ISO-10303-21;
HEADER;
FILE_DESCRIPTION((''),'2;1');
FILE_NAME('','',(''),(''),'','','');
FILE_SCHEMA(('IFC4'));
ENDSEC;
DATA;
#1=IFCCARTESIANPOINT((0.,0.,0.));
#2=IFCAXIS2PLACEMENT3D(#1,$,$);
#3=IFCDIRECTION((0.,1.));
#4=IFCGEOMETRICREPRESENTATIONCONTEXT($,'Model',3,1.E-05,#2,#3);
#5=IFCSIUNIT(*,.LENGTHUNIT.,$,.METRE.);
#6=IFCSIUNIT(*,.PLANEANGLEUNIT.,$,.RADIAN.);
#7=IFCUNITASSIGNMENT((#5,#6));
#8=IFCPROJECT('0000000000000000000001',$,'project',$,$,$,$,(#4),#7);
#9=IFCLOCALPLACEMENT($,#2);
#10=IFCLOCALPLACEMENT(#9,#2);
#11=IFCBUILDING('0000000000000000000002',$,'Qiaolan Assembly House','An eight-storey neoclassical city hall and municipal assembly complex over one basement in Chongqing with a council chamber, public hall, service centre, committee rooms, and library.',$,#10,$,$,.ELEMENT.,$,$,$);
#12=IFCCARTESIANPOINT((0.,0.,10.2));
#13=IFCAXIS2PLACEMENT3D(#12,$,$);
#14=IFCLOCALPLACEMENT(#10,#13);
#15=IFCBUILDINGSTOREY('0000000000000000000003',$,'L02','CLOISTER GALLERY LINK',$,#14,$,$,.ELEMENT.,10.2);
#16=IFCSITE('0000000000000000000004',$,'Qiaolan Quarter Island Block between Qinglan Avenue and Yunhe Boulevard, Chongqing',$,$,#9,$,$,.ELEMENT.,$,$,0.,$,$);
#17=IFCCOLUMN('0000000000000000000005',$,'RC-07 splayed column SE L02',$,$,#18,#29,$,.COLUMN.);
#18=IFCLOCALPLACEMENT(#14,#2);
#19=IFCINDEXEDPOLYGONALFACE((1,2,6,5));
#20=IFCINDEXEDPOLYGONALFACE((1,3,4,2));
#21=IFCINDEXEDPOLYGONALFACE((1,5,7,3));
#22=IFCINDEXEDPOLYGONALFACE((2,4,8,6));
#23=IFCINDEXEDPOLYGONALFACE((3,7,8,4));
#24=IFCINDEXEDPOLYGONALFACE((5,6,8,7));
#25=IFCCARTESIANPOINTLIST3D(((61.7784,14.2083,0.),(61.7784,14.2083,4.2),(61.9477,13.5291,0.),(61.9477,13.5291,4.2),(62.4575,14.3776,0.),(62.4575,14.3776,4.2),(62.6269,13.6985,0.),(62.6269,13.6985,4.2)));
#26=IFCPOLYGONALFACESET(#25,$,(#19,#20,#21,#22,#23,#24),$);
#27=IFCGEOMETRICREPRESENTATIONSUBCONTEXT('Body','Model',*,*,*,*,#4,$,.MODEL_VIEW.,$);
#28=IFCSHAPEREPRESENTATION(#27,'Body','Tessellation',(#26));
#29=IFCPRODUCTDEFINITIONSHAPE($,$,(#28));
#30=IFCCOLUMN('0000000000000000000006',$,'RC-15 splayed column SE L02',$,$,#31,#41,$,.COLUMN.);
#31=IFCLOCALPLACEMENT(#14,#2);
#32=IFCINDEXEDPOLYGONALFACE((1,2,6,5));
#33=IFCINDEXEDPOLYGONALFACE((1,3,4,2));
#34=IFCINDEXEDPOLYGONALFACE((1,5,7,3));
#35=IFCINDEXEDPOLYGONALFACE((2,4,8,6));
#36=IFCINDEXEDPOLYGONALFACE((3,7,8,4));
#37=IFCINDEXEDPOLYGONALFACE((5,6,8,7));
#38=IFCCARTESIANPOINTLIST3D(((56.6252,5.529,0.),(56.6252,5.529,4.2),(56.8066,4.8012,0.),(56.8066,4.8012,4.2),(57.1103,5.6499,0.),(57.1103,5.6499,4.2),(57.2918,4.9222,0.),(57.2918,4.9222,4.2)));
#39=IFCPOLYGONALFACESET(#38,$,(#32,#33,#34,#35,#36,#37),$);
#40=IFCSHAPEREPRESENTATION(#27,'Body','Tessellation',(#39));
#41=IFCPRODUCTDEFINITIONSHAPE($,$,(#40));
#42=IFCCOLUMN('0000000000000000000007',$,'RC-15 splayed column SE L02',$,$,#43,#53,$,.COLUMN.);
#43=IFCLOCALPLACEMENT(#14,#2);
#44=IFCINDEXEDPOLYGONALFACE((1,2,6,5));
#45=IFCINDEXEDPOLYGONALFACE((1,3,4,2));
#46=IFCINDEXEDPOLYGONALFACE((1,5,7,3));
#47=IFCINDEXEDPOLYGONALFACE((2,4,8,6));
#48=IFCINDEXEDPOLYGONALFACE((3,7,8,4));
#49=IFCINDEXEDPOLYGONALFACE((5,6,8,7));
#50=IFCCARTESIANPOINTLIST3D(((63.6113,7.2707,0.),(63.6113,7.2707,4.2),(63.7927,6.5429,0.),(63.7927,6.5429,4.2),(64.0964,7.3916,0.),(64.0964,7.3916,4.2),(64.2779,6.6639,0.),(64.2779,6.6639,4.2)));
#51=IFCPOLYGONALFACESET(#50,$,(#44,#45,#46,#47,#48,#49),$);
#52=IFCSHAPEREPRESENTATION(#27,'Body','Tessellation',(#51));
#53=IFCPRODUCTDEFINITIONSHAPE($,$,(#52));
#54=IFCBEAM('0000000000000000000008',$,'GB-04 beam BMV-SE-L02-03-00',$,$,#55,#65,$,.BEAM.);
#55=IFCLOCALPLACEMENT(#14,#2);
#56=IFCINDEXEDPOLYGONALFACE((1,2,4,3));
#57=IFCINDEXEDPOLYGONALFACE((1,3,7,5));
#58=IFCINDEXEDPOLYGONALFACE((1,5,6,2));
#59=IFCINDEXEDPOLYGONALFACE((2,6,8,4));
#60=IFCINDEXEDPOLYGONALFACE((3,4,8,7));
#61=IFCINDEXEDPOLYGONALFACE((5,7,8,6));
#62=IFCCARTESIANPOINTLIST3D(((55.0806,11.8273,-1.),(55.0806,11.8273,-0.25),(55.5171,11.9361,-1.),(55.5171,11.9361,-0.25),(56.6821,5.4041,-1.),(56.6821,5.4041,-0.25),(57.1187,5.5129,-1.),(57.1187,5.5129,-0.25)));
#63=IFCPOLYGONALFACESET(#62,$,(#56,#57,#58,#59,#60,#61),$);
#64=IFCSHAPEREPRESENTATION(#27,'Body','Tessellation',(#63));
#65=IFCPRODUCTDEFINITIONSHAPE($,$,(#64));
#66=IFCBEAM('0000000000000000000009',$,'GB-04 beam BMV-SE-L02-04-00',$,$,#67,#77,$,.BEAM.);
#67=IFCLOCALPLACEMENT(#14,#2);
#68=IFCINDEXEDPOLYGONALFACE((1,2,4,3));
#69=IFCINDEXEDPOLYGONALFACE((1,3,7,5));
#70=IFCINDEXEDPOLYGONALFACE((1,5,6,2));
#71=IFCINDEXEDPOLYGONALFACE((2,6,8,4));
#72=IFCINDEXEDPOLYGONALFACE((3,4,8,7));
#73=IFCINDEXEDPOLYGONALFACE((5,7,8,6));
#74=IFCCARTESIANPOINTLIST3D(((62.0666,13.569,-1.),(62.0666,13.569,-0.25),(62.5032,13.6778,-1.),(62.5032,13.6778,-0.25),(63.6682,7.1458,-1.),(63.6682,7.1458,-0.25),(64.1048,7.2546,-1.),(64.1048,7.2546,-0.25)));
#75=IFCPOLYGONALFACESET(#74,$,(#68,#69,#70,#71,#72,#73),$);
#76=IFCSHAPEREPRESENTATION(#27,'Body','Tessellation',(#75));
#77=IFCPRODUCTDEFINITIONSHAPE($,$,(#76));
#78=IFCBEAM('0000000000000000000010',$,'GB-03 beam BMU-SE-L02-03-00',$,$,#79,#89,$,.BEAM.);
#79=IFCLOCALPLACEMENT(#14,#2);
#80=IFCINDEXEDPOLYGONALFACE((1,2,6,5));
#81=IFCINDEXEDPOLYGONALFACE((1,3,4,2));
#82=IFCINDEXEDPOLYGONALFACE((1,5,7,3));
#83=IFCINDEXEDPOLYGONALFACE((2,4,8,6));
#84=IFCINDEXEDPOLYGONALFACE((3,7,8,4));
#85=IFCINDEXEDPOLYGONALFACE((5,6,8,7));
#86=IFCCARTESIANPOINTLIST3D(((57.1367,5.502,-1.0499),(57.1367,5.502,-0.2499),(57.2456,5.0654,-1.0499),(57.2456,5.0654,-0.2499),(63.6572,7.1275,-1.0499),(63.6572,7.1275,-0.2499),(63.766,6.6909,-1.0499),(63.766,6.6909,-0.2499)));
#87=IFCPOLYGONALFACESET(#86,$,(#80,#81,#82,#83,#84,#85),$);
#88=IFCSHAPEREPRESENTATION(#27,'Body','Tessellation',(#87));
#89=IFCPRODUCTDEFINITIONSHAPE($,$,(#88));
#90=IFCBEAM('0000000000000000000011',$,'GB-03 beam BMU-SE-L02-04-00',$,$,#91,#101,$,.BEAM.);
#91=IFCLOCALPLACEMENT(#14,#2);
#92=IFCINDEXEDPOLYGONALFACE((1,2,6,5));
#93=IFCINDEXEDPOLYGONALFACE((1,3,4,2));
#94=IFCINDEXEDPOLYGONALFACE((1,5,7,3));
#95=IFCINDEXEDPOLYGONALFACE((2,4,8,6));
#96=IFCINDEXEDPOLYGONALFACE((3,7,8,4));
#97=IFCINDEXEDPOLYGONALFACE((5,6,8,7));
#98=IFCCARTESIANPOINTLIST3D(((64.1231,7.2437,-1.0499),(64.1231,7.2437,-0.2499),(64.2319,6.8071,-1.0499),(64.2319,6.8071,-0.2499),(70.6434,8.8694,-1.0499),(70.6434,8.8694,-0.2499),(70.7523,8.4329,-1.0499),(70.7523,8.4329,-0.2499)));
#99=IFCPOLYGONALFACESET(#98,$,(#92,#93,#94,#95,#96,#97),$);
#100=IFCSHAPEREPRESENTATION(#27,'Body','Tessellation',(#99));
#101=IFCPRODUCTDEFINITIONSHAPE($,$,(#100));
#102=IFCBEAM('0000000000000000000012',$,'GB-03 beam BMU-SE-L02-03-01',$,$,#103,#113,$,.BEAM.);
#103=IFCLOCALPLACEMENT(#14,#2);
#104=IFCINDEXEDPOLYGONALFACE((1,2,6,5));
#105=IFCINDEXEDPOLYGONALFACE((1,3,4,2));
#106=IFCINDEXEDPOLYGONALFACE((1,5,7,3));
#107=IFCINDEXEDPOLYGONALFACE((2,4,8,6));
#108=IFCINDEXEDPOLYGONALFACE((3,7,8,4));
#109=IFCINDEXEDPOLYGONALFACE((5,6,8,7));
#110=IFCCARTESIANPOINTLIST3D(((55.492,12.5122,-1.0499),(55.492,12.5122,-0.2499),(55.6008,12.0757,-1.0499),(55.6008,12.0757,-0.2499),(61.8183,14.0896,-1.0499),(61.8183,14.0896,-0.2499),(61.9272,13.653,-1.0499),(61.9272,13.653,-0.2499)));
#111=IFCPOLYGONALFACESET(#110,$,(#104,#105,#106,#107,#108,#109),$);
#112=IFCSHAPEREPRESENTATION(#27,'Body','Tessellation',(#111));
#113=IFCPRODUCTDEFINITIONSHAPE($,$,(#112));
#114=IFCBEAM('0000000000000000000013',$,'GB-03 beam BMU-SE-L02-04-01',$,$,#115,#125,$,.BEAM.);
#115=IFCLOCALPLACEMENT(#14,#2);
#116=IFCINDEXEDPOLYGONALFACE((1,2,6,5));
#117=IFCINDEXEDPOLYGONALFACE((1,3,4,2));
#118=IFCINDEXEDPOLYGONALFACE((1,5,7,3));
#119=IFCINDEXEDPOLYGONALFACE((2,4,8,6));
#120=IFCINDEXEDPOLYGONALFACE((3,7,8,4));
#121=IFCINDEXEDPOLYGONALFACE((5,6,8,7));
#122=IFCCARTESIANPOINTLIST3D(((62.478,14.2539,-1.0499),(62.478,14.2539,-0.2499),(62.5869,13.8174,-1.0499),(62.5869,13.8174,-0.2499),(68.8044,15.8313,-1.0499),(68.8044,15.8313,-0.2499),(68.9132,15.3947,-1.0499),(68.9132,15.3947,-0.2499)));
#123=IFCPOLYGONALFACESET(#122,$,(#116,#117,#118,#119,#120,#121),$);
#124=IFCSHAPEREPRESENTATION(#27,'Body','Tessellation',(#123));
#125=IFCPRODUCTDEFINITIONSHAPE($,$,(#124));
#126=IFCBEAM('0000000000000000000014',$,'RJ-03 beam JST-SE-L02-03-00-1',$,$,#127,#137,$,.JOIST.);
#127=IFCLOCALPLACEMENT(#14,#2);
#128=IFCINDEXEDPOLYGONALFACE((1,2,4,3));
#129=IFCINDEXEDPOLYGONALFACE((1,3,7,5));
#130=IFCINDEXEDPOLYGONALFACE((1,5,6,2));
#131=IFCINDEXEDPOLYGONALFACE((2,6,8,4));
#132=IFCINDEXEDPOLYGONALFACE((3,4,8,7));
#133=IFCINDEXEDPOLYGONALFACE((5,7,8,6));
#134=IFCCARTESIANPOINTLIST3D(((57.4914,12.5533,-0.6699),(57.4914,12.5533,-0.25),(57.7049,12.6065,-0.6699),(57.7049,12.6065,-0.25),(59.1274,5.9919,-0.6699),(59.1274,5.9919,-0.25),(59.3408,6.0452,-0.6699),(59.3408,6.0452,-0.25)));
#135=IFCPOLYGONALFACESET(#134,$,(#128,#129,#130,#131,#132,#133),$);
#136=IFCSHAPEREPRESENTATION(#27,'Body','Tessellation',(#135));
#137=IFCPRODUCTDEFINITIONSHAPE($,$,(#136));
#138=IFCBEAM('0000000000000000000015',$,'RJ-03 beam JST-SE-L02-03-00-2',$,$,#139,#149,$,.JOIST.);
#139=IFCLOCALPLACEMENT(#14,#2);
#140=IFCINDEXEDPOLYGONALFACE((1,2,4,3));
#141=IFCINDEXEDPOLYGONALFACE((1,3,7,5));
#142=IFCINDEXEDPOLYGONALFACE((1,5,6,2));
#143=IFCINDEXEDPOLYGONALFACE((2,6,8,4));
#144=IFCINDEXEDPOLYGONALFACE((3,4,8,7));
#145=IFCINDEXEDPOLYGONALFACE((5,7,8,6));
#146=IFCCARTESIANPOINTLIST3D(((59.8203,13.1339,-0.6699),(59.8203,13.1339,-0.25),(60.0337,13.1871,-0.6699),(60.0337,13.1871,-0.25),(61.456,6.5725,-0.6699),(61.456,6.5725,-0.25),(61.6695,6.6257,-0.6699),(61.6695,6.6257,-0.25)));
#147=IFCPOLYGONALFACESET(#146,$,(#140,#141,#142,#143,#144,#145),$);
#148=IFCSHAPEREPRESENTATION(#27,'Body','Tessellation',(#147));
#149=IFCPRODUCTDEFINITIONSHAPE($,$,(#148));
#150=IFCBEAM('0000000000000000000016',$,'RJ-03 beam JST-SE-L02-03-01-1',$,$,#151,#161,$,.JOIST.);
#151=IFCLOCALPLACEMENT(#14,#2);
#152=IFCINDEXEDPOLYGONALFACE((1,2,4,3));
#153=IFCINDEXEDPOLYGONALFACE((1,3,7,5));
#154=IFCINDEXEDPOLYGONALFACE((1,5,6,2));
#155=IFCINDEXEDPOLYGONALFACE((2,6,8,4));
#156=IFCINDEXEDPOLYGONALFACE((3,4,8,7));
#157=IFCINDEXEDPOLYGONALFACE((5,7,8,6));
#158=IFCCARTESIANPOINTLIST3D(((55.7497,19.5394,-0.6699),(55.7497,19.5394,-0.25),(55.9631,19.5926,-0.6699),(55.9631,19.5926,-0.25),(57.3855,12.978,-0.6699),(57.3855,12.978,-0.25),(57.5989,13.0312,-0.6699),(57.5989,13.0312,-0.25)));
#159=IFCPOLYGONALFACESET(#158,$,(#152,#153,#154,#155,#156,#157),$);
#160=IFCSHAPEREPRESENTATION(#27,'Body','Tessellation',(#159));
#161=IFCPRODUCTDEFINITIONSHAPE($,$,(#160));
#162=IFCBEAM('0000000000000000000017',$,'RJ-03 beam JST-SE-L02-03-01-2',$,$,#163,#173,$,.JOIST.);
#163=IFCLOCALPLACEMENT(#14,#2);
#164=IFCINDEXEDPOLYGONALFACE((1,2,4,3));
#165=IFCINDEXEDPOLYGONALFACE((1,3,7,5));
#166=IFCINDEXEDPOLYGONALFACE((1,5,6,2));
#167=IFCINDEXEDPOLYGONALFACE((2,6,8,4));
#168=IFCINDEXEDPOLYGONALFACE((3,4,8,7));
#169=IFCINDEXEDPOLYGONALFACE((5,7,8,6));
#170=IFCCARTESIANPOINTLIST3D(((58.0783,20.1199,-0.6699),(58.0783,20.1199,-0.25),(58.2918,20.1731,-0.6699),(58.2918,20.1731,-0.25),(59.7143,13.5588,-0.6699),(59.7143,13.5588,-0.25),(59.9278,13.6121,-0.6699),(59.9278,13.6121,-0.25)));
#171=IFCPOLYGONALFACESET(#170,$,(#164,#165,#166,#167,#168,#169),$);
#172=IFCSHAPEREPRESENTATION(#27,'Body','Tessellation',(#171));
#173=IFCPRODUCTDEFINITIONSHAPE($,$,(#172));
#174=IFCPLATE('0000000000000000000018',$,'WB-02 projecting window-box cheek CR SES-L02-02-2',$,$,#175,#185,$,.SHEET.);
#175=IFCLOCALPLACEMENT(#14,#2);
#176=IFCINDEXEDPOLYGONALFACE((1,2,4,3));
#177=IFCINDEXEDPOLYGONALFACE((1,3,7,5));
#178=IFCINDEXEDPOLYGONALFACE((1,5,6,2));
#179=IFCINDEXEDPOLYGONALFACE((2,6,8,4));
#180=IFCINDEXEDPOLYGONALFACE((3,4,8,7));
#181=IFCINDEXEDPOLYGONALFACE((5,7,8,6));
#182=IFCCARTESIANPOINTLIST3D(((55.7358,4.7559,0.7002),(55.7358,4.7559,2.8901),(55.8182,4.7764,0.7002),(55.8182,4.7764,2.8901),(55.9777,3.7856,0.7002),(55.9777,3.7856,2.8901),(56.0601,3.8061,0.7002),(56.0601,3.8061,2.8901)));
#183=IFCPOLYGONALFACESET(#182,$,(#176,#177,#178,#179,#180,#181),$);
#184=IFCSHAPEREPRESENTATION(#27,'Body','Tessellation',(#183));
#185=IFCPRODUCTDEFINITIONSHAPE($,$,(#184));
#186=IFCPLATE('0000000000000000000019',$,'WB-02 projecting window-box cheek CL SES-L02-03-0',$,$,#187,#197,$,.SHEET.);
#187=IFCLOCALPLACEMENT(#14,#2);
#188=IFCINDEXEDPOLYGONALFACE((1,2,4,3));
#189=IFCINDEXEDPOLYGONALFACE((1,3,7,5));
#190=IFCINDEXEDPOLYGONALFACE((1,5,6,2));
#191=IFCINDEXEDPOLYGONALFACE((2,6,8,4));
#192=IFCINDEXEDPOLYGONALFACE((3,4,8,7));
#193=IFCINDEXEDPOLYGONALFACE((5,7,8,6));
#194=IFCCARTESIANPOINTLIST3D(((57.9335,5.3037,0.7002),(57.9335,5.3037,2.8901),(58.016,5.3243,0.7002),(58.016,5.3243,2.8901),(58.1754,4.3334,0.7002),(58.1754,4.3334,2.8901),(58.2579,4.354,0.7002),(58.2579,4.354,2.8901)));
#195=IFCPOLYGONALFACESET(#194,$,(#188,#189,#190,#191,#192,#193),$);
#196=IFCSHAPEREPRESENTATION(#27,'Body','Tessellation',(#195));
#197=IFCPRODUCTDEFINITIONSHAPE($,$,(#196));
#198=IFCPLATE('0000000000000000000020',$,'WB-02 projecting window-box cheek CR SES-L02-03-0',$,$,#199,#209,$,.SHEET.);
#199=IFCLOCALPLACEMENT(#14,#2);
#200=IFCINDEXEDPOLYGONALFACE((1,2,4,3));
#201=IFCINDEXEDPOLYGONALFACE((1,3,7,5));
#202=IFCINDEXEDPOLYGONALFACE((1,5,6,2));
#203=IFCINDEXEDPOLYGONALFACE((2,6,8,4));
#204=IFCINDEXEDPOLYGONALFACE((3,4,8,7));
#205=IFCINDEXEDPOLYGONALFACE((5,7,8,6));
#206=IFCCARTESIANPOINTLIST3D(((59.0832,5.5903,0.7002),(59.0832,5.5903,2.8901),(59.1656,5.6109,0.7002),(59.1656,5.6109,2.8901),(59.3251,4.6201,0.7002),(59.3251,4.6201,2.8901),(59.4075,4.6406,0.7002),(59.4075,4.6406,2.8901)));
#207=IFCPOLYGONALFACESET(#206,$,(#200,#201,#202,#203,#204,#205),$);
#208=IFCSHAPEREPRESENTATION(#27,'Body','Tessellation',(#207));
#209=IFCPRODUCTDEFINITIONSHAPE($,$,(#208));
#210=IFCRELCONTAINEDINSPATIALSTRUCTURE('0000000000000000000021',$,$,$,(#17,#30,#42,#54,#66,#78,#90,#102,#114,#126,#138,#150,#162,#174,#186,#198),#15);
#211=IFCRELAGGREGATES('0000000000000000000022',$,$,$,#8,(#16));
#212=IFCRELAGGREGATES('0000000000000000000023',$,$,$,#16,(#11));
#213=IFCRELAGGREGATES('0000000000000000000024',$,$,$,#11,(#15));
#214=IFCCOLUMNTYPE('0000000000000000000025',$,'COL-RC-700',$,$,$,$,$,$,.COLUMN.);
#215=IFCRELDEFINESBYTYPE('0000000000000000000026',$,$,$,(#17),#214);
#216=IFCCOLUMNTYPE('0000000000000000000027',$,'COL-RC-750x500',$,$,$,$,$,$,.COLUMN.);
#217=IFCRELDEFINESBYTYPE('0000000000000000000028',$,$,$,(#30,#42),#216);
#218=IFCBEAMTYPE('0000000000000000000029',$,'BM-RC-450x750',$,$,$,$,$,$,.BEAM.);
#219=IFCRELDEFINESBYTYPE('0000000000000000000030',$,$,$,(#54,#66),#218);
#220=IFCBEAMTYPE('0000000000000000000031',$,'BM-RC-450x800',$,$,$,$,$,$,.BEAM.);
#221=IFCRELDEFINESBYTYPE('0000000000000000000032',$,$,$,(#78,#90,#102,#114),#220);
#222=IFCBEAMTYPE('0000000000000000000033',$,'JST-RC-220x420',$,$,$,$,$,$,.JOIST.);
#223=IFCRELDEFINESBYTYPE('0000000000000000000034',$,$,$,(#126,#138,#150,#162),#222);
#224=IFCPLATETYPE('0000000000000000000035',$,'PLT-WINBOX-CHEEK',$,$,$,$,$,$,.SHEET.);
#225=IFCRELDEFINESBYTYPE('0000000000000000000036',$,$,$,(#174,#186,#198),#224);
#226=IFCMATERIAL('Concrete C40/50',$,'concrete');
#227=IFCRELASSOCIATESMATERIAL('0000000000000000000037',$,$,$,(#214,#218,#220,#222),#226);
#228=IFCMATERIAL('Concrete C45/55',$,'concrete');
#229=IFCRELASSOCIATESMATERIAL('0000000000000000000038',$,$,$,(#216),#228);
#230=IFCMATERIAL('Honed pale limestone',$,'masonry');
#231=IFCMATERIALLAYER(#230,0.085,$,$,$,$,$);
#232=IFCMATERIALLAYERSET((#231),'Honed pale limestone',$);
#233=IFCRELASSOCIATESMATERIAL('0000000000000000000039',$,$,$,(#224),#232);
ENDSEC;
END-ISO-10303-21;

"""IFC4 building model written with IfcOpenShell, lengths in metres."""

from ifc_helpers import new_model, si_unit, direction, frame, origin, origin_2d, place, context, subcontext, project, spatial, rectangle, extrude, material, layer, layer_set, material_profile, profile_set, type_object, element, save


model = new_model("IFC4")

# Units and contexts
model_context = context("Model", 3, precision=1e-05, world=origin(), true_north=direction((0.0, 1.0)))
body_context = subcontext(model_context, "Body", "Model", "MODEL_VIEW")
ifc_project = project(units=[si_unit("LENGTHUNIT", "METRE"), si_unit("PLANEANGLEUNIT", "RADIAN")], contexts=[model_context])

# Site, building, storey
site_placement = place(None, origin())
site = spatial("IfcSite", under=ifc_project, at=site_placement, Name="Qiaolan Quarter Island Block between Qinglan Avenue and Yunhe Boulevard, Chongqing", CompositionType="ELEMENT", RefElevation=0.0)
building_placement = place(site_placement, origin())
building = spatial("IfcBuilding", under=site, at=building_placement, Name="Qiaolan Assembly House", Description="An eight-storey neoclassical city hall and municipal assembly complex over one basement in Chongqing with a council chamber, public hall, service centre, committee rooms, and library.", CompositionType="ELEMENT")
storey_placement = place(building_placement, frame((0.0, 0.0, 10.2)))
storey = spatial("IfcBuildingStorey", under=building, at=storey_placement, Name="L02", Description="CLOISTER GALLERY LINK", CompositionType="ELEMENT", Elevation=10.2)

# Columns
ifc_material_1 = material(Name="Concrete C40/50", Category="concrete")
ifc_material_profile_1 = material_profile(ifc_material_1, rectangle(XDim=0.7, YDim=0.7, at=origin_2d()), Name="RC 700x700")
ifc_profile_set_1 = profile_set([ifc_material_profile_1], Name="Concrete C40/50")
column_type_1 = type_object("IfcColumnType", Name="COL-RC-700", PredefinedType="COLUMN", material=ifc_profile_set_1)
column_placement = place(storey_placement, frame((62.2026, 13.9534, 0.0), z_axis=(0.0, 0.0, 1.0), x_axis=(0.970296, 0.241922, 0.0)))
element("IfcColumn", 1, at=column_placement, inside=storey, type_object=column_type_1, Name="RC-07 splayed column SE L02", PredefinedType="COLUMN", context=body_context, shape_type="SweptSolid", body=[
    extrude(rectangle(XDim=0.7, YDim=0.7, at=origin_2d()), origin(), (0.0, 0.0, 1.0), 4.2),
])
ifc_material_2 = material(Name="Concrete C45/55", Category="concrete")
ifc_material_profile_2 = material_profile(ifc_material_2, rectangle(XDim=0.5, YDim=0.75, at=origin_2d()), Name="RC 750x500")
ifc_profile_set_2 = profile_set([ifc_material_profile_2], Name="Concrete C45/55")
column_type_2 = type_object("IfcColumnType", Name="COL-RC-750x500", PredefinedType="COLUMN", material=ifc_profile_set_2)
for number, where, z_axis, x_axis, name in (
    (2, (56.9585, 5.2256, 0.0), (0.0, 0.0, 1.0), (0.970296, 0.241922, 0.0), "RC-15 splayed column SE L02"),
    (3, (63.9446, 6.9673, 0.0), (0.0, 0.0, 1.0), (0.970296, 0.241922, 0.0), "RC-15 splayed column SE L02"),
):
    element("IfcColumn", number, at=place(storey_placement, frame(where, z_axis=z_axis, x_axis=x_axis)), inside=storey, type_object=column_type_2, Name=name, PredefinedType="COLUMN", context=body_context, shape_type="SweptSolid", body=[
        extrude(rectangle(XDim=0.5, YDim=0.75, at=origin_2d()), origin(), (0.0, 0.0, 1.0), 4.2),
    ])

# Beams
ifc_material_profile_3 = material_profile(ifc_material_1, rectangle(XDim=0.45, YDim=0.75, at=origin_2d()), Name="RCB 450x750")
ifc_profile_set_3 = profile_set([ifc_material_profile_3], Name="Concrete C40/50")
beam_type_1 = type_object("IfcBeamType", Name="BM-RC-450x750", PredefinedType="BEAM", material=ifc_profile_set_3)
for number, where, z_axis, x_axis, name in (
    (4, (56.9004, 5.4585, -0.625), (-0.241928, 0.970294, 0.0), (-0.970294, -0.241928, 0.0), "GB-04 beam BMV-SE-L02-03-00"),
    (5, (63.8865, 7.2002, -0.625), (-0.241928, 0.970294, 0.0), (-0.970294, -0.241928, 0.0), "GB-04 beam BMV-SE-L02-04-00"),
):
    element("IfcBeam", number, at=place(storey_placement, frame(where, z_axis=z_axis, x_axis=x_axis)), inside=storey, type_object=beam_type_1, Name=name, PredefinedType="BEAM", context=body_context, shape_type="SweptSolid", body=[
        extrude(rectangle(XDim=0.45, YDim=0.75, at=origin_2d()), origin(), (0.0, 0.0, 1.0), 6.6199),
    ])
ifc_material_profile_4 = material_profile(ifc_material_1, rectangle(XDim=0.45, YDim=0.8, at=origin_2d()), Name="RCB 450x800")
ifc_profile_set_4 = profile_set([ifc_material_profile_4], Name="Concrete C40/50")
beam_type_2 = type_object("IfcBeamType", Name="BM-RC-450x800", PredefinedType="BEAM", material=ifc_profile_set_4)
for number, where, z_axis, x_axis, name in (
    (6, (57.1912, 5.2837, -0.6499), (0.970305, 0.241886, 0.0), (-0.241886, 0.970305, 0.0), "GB-03 beam BMU-SE-L02-03-00"),
    (7, (64.1775, 7.0254, -0.6499), (0.970294, 0.241929, 0.0), (-0.241929, 0.970294, 0.0), "GB-03 beam BMU-SE-L02-04-00"),
):
    element("IfcBeam", number, at=place(storey_placement, frame(where, z_axis=z_axis, x_axis=x_axis)), inside=storey, type_object=beam_type_2, Name=name, PredefinedType="BEAM", context=body_context, shape_type="SweptSolid", body=[
        extrude(rectangle(XDim=0.45, YDim=0.8, at=origin_2d()), origin(), (0.0, 0.0, 1.0), 6.72),
    ])
for number, where, z_axis, x_axis, name in (
    (8, (55.5464, 12.2939, -0.6499), (0.970294, 0.241928, 0.0), (-0.241928, 0.970294, 0.0), "GB-03 beam BMU-SE-L02-03-01"),
    (9, (62.5325, 14.0356, -0.6499), (0.970294, 0.241928, 0.0), (-0.241928, 0.970294, 0.0), "GB-03 beam BMU-SE-L02-04-01"),
):
    element("IfcBeam", number, at=place(storey_placement, frame(where, z_axis=z_axis, x_axis=x_axis)), inside=storey, type_object=beam_type_2, Name=name, PredefinedType="BEAM", context=body_context, shape_type="SweptSolid", body=[
        extrude(rectangle(XDim=0.45, YDim=0.8, at=origin_2d()), origin(), (0.0, 0.0, 1.0), 6.52),
    ])
ifc_material_profile_5 = material_profile(ifc_material_1, rectangle(XDim=0.22, YDim=0.4199, at=origin_2d()), Name="RCB 220x420")
ifc_profile_set_5 = profile_set([ifc_material_profile_5], Name="Concrete C40/50")
beam_type_3 = type_object("IfcBeamType", Name="JST-RC-220x420", PredefinedType="JOIST", material=ifc_profile_set_5)
for number, where, z_axis, x_axis, name in (
    (10, (59.2341, 6.0186, -0.46), (-0.241932, 0.970293, 0.0), (-0.970293, -0.241932, 0.0), "RJ-03 beam JST-SE-L02-03-00-1"),
    (11, (61.5627, 6.5991, -0.46), (-0.241898, 0.970302, 0.0), (-0.970302, -0.241898, 0.0), "RJ-03 beam JST-SE-L02-03-00-2"),
    (12, (57.4922, 13.0046, -0.46), (-0.241898, 0.970302, 0.0), (-0.970302, -0.241898, 0.0), "RJ-03 beam JST-SE-L02-03-01-1"),
):
    element("IfcBeam", number, at=place(storey_placement, frame(where, z_axis=z_axis, x_axis=x_axis)), inside=storey, type_object=beam_type_3, Name=name, PredefinedType="JOIST", context=body_context, shape_type="SweptSolid", body=[
        extrude(rectangle(XDim=0.22, YDim=0.4199, at=origin_2d()), origin(), (0.0, 0.0, 1.0), 6.7622),
    ])
beam_placement = place(storey_placement, frame((59.821, 13.5854, -0.46), z_axis=(-0.241941, 0.970291, 0.0), x_axis=(-0.970291, -0.241941, 0.0)))
element("IfcBeam", 13, at=beam_placement, inside=storey, type_object=beam_type_3, Name="RJ-03 beam JST-SE-L02-03-01-2", PredefinedType="JOIST", context=body_context, shape_type="SweptSolid", body=[
    extrude(rectangle(XDim=0.22, YDim=0.4199, at=origin_2d()), origin(), (0.0, 0.0, 1.0), 6.762),
])

# Plates
ifc_material_3 = material(Name="Honed pale limestone", Category="masonry")
ifc_layer_1 = layer(ifc_material_3, 0.085)
ifc_layer_set_1 = layer_set([ifc_layer_1], Name="Honed pale limestone")
plate_type = type_object("IfcPlateType", Name="PLT-WINBOX-CHEEK", PredefinedType="SHEET", material=ifc_layer_set_1)
for number, where, z_axis, x_axis, name in (
    (14, (55.8979, 4.281, 0.7002), (0.0, 0.0, 1.0), (0.970296, 0.241922, 0.0), "WB-02 projecting window-box cheek CR SES-L02-02-2"),
    (15, (58.0957, 4.8289, 0.7002), (0.0, 0.0, 1.0), (0.970296, 0.241922, 0.0), "WB-02 projecting window-box cheek CL SES-L02-03-0"),
    (16, (59.2454, 5.1155, 0.7002), (0.0, 0.0, 1.0), (0.970296, 0.241922, 0.0), "WB-02 projecting window-box cheek CR SES-L02-03-0"),
):
    element("IfcPlate", number, at=place(storey_placement, frame(where, z_axis=z_axis, x_axis=x_axis)), inside=storey, type_object=plate_type, Name=name, PredefinedType="SHEET", context=body_context, shape_type="SweptSolid", body=[
        extrude(rectangle(XDim=0.085, YDim=1.0, at=origin_2d()), origin(), (0.0, 0.0, 1.0), 2.1899),
    ])

save(model, "model.ifc")
